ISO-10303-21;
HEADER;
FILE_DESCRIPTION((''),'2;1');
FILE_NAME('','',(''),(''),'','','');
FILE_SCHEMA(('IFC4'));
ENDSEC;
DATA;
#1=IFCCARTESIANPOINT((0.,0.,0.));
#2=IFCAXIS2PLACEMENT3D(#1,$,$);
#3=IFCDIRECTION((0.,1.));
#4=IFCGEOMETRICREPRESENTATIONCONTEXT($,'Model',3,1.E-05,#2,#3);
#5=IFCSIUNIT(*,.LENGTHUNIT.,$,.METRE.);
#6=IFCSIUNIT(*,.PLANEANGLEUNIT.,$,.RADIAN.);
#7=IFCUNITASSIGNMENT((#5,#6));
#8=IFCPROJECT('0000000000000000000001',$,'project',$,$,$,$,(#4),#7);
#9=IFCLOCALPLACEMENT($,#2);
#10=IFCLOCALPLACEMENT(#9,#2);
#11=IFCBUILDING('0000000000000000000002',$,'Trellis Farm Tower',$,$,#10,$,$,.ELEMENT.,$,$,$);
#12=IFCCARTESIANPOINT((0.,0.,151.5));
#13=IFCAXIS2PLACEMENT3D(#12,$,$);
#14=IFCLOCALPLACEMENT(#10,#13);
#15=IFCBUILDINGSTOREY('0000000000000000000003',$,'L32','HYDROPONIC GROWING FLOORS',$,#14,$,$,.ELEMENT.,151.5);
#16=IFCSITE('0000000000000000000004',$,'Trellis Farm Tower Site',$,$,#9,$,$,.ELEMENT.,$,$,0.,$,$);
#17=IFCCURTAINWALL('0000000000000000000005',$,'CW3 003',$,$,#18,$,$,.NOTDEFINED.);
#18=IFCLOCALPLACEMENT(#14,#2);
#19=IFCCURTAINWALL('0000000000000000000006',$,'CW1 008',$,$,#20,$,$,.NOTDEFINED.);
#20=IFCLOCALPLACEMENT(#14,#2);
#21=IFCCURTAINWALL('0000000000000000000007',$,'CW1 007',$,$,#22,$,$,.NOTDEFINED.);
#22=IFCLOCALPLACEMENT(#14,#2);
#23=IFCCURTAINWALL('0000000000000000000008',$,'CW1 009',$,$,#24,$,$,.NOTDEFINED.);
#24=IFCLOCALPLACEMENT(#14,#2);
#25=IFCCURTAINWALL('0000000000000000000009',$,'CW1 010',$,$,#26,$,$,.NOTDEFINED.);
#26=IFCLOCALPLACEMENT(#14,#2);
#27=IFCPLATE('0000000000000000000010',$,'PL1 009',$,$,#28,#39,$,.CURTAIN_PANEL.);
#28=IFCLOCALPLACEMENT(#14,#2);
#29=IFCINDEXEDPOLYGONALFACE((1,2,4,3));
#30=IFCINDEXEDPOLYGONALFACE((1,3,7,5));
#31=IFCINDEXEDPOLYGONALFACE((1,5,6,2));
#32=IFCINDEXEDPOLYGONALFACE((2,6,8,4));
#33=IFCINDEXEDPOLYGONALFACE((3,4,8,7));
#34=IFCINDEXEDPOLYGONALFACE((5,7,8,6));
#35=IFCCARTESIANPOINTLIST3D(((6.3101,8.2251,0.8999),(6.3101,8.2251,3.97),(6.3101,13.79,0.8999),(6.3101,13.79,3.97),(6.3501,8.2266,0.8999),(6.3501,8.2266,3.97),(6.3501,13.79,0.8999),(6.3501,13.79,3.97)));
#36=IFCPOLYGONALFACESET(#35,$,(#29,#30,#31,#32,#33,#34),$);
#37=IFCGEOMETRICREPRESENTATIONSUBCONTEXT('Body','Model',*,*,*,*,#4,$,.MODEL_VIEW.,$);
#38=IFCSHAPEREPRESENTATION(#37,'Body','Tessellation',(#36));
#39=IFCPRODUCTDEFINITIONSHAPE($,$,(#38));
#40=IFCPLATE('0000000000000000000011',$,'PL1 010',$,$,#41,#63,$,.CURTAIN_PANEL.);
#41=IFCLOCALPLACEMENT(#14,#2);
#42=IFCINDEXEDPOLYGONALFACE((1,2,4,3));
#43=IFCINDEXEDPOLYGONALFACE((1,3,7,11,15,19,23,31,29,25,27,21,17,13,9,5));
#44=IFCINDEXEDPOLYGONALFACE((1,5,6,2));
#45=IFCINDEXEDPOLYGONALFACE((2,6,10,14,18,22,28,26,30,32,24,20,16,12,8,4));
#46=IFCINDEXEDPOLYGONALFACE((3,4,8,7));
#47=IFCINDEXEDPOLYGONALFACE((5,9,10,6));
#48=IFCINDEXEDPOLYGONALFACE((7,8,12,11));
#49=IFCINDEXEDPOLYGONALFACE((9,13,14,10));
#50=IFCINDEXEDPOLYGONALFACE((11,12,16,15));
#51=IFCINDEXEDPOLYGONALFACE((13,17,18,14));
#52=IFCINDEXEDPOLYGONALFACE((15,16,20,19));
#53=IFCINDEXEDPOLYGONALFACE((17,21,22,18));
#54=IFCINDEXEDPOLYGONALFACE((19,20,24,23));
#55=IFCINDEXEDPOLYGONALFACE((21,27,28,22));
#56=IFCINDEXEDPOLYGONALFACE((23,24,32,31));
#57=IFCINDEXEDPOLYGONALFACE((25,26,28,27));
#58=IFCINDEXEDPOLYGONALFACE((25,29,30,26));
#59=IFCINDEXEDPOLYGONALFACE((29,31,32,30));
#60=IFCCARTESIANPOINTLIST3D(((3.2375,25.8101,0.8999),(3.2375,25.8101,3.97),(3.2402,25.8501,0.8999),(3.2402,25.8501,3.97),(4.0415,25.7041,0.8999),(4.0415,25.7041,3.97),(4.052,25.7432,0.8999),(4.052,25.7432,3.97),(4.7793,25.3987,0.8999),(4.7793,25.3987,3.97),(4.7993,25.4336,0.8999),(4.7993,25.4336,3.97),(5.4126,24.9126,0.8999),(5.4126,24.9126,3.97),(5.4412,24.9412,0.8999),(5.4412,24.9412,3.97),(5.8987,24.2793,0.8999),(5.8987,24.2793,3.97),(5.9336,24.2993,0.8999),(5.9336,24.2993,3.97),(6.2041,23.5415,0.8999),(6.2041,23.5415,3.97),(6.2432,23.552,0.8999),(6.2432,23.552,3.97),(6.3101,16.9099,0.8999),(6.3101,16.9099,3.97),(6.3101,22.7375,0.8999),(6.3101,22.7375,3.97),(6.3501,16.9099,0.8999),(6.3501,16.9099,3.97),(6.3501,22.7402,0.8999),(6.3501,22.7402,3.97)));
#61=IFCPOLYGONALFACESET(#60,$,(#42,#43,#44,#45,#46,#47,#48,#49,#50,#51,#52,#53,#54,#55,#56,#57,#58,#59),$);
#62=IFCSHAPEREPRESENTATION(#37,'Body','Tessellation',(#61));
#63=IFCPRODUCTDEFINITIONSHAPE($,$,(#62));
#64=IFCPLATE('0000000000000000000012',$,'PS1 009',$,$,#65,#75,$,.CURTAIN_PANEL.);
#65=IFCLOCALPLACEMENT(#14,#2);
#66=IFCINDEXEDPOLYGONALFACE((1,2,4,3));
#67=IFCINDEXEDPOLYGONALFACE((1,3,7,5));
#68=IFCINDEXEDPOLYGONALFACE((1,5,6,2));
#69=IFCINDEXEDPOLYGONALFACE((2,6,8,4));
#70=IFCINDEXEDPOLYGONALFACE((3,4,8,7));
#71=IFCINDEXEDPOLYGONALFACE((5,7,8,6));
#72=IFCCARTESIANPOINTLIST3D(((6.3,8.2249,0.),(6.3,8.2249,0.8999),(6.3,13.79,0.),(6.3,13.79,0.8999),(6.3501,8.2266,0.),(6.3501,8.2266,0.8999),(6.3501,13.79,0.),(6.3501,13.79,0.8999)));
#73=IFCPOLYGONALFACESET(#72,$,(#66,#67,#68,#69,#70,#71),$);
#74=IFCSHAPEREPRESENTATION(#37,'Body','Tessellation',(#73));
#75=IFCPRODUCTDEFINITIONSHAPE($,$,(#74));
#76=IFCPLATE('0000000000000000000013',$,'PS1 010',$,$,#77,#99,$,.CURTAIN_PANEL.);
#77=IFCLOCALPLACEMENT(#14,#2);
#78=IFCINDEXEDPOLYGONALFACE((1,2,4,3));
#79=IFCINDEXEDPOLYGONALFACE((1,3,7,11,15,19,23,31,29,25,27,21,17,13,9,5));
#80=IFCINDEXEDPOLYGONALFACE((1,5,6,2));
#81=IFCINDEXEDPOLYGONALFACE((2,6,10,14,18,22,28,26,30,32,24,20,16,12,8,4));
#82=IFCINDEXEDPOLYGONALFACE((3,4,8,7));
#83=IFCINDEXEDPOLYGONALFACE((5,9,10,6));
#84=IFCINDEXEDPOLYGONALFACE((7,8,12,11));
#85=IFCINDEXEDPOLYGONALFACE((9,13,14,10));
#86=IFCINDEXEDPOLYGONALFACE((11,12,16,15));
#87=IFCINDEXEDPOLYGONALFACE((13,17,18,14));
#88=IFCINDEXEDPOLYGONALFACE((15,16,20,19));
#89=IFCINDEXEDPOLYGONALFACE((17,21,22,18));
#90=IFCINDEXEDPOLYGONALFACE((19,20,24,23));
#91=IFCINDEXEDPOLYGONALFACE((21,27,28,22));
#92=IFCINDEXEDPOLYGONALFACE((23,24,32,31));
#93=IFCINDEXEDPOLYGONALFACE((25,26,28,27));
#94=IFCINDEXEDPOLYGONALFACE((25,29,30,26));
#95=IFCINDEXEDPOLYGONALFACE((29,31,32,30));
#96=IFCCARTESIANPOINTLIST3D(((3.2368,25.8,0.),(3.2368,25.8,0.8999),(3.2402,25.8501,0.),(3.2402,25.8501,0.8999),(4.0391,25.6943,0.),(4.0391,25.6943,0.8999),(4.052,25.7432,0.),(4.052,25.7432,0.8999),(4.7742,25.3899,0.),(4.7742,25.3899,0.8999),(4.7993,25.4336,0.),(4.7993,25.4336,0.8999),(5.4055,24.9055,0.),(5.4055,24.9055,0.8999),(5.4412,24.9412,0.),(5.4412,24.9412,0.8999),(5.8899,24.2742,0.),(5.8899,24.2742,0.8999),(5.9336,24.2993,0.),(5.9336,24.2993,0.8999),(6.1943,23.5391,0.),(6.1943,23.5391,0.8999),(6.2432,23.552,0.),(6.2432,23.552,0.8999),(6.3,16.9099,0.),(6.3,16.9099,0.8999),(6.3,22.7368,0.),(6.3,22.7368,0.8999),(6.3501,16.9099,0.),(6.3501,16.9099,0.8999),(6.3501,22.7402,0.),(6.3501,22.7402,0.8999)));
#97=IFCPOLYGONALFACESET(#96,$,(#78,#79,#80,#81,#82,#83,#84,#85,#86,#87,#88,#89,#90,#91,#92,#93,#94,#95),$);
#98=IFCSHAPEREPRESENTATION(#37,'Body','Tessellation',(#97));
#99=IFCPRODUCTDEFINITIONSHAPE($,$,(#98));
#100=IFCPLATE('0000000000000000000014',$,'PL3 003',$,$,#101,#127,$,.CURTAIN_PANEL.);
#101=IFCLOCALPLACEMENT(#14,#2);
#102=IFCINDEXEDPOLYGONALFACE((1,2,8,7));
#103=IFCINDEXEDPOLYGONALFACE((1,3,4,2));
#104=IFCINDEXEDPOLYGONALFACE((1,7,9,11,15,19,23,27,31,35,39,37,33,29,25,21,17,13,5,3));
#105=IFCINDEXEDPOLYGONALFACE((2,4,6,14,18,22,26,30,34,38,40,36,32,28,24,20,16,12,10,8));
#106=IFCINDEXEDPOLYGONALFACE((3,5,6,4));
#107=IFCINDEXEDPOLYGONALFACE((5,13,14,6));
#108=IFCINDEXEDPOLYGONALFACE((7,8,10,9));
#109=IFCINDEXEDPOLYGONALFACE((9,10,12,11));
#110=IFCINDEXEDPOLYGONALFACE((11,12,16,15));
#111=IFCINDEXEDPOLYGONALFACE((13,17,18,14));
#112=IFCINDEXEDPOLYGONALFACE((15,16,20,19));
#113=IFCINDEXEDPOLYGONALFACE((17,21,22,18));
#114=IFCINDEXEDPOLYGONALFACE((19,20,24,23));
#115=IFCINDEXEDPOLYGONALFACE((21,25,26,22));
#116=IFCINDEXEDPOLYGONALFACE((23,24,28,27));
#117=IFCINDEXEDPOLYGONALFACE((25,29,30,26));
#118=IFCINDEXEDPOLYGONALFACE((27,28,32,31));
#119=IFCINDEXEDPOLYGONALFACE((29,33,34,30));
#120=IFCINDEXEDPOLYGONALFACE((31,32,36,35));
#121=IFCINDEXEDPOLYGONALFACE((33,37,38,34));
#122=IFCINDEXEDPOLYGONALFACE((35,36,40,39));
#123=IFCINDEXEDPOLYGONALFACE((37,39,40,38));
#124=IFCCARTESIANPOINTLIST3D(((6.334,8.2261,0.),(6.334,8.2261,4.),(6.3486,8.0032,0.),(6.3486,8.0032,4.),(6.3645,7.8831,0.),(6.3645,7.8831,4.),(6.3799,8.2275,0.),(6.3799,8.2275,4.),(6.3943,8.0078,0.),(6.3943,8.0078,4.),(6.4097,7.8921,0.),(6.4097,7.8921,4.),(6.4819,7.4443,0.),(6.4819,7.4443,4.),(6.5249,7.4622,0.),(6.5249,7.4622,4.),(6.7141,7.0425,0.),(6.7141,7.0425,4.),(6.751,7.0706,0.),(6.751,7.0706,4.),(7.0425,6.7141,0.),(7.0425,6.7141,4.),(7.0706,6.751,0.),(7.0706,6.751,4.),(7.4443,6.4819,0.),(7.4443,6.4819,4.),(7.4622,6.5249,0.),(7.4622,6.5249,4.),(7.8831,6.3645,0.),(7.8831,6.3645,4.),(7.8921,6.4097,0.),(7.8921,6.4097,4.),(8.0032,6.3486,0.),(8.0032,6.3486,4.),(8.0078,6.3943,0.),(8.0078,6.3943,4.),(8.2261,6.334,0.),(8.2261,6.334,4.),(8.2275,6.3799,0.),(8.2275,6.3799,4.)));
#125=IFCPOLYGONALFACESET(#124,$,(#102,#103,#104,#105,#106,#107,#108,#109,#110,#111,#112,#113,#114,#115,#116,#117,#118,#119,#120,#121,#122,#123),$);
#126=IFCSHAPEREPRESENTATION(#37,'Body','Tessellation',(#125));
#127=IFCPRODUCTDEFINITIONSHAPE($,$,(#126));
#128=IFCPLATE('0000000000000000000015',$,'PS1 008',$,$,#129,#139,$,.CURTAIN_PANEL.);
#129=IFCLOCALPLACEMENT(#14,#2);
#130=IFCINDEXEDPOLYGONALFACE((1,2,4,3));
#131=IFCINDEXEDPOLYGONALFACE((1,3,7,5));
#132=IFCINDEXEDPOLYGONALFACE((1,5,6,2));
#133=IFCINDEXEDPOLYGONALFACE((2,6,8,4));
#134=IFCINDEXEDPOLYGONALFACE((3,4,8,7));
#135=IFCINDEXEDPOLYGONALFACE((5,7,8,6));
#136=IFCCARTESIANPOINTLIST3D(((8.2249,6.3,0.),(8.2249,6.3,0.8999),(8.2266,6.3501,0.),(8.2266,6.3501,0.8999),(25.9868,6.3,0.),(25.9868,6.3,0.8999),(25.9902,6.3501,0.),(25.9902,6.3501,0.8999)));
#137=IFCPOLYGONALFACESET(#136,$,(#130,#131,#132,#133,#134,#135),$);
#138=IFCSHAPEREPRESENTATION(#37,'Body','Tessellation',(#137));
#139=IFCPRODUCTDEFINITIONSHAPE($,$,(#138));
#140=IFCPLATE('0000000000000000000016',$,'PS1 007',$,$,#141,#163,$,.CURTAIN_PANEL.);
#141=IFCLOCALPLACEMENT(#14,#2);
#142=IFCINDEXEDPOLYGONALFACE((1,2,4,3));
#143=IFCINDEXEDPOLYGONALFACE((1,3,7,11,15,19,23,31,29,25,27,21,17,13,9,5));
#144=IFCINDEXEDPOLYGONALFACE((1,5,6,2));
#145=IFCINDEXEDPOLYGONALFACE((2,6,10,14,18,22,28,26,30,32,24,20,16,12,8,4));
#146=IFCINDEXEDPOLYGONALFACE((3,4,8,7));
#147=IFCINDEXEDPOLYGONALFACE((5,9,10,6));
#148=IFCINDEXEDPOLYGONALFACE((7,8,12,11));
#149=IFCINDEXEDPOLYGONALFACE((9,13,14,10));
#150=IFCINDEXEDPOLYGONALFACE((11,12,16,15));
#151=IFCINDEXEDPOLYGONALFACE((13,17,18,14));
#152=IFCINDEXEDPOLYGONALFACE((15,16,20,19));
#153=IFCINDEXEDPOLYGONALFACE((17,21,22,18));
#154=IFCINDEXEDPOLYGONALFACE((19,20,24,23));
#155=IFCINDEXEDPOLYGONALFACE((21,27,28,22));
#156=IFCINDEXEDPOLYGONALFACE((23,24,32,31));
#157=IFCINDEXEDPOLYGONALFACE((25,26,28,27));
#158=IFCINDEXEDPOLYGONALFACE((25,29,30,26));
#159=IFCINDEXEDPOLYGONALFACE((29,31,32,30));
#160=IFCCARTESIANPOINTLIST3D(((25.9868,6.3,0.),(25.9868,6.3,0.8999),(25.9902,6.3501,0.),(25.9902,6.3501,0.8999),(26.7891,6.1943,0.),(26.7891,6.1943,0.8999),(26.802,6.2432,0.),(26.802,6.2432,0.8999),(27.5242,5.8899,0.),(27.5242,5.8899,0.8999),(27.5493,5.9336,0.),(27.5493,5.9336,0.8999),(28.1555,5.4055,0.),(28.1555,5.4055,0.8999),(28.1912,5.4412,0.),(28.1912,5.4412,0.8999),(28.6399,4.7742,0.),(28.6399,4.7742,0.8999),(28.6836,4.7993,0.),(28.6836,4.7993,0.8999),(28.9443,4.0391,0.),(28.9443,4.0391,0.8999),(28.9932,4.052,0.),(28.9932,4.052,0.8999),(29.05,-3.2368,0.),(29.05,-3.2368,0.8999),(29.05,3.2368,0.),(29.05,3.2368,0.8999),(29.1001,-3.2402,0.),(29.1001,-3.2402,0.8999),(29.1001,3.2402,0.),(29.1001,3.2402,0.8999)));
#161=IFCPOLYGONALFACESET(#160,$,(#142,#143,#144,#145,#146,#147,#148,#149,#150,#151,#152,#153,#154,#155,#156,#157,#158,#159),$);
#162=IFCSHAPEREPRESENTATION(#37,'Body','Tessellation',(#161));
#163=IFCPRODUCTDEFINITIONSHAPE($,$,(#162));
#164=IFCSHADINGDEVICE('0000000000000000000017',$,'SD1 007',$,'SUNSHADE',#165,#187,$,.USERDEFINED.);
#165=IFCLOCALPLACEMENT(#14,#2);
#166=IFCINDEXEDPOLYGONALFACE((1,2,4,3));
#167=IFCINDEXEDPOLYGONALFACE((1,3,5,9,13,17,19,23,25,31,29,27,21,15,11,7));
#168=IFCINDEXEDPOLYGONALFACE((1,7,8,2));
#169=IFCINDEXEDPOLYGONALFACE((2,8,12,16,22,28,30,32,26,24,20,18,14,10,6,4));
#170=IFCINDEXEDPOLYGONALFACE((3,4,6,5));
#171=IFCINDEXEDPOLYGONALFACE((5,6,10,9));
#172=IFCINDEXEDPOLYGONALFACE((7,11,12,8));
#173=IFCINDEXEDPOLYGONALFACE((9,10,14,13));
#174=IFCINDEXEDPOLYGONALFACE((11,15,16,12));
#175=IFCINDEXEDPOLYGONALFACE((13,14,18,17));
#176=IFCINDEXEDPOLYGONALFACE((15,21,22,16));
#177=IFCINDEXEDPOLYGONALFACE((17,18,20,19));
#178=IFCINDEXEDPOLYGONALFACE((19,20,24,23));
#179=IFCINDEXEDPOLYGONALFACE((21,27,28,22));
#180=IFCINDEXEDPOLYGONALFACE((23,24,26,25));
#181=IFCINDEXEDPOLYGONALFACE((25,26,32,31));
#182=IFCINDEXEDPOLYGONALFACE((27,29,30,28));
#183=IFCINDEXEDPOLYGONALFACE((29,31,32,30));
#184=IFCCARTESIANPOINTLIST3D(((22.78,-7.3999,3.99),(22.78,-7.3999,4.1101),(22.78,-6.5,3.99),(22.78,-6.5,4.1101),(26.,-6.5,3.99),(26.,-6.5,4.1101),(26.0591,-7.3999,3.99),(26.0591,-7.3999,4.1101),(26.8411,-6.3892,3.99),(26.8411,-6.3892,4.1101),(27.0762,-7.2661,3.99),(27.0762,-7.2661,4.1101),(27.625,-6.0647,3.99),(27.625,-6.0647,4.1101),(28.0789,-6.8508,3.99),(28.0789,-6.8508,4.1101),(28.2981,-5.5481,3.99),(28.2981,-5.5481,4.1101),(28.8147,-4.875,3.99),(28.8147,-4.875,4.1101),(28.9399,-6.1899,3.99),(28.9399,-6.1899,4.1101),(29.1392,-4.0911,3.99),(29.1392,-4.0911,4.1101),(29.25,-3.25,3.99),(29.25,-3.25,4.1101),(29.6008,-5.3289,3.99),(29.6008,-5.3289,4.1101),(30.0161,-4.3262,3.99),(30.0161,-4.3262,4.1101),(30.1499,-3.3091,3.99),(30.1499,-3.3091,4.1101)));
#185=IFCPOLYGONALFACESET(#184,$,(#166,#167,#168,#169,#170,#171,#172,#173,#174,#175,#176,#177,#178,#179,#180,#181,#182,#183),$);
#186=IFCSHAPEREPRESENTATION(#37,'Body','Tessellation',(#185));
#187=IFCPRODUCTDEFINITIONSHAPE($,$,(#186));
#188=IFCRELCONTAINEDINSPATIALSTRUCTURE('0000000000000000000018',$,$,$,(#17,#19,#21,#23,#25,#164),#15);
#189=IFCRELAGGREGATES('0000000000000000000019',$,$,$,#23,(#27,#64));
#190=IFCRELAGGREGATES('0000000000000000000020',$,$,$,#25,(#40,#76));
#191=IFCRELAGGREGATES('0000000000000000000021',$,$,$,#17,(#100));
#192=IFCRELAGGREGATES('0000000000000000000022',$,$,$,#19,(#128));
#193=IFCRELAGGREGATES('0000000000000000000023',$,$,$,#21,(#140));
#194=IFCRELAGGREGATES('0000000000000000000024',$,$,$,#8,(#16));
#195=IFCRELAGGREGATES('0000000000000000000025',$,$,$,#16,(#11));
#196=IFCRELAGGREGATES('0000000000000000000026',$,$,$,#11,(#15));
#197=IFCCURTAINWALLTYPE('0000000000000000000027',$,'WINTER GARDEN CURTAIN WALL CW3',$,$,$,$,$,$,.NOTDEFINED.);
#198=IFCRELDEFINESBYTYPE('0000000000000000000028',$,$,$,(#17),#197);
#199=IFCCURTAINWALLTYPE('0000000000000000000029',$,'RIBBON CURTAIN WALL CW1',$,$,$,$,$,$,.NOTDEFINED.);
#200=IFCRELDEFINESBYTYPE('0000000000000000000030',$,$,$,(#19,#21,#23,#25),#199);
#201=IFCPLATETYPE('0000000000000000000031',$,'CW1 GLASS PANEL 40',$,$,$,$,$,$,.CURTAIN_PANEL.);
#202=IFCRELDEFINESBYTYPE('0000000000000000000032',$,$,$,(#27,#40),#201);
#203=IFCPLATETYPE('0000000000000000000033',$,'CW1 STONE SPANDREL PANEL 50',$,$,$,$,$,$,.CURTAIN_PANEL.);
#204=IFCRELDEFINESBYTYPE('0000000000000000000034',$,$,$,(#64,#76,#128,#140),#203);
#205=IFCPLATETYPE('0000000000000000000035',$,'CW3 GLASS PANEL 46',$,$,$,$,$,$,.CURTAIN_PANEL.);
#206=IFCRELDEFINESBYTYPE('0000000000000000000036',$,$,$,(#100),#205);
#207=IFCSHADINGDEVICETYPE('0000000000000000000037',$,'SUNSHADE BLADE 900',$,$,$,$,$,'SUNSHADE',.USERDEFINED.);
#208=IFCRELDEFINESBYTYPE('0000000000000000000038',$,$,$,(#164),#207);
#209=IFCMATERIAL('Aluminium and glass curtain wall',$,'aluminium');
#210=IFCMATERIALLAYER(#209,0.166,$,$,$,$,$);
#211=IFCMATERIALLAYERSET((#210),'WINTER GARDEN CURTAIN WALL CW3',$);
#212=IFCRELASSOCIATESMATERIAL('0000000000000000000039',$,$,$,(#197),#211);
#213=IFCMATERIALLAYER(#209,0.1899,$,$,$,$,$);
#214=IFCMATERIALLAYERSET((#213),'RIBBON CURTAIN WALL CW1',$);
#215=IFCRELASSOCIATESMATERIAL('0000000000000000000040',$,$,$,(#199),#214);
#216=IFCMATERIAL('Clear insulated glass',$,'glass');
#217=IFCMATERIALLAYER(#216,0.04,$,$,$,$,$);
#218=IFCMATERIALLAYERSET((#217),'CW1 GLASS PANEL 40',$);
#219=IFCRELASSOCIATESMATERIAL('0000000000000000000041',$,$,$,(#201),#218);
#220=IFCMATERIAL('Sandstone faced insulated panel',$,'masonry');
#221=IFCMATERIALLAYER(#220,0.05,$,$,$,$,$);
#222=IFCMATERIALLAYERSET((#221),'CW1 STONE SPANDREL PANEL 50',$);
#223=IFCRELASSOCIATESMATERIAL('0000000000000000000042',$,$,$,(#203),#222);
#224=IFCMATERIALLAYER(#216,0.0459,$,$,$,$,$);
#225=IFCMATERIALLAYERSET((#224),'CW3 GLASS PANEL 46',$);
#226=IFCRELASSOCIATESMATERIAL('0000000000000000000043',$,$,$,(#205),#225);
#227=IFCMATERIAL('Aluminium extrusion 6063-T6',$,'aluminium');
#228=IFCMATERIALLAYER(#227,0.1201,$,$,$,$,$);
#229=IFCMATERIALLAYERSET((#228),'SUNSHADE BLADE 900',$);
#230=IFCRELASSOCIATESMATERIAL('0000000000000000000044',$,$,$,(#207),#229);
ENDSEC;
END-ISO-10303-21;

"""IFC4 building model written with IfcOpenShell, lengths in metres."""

from ifc_helpers import new_model, si_unit, direction, frame, origin, place, context, subcontext, project, spatial, polyline, outline, extrude, source, transform, mapped, material, layer, layer_set, type_object, element, aggregate, save


model = new_model("IFC4")

# Units and contexts
model_context = context("Model", 3, precision=1e-05, world=origin(), true_north=direction((0.0, 1.0)))
body_context = subcontext(model_context, "Body", "Model", "MODEL_VIEW")
ifc_project = project(units=[si_unit("LENGTHUNIT", "METRE"), si_unit("PLANEANGLEUNIT", "RADIAN")], contexts=[model_context])

# Site, building, storey
site_placement = place(None, origin())
site = spatial("IfcSite", under=ifc_project, at=site_placement, Name="Trellis Farm Tower Site", CompositionType="ELEMENT", RefElevation=0.0)
building_placement = place(site_placement, origin())
building = spatial("IfcBuilding", under=site, at=building_placement, Name="Trellis Farm Tower", CompositionType="ELEMENT")
storey_placement = place(building_placement, frame((0.0, 0.0, 151.5)))
storey = spatial("IfcBuildingStorey", under=building, at=storey_placement, Name="L32", Description="HYDROPONIC GROWING FLOORS", CompositionType="ELEMENT", Elevation=151.5)

# Curtain walls
ifc_material_1 = material(Name="Aluminium and glass curtain wall", Category="aluminium")
ifc_layer_1 = layer(ifc_material_1, 0.166)
ifc_layer_set_1 = layer_set([ifc_layer_1], Name="WINTER GARDEN CURTAIN WALL CW3")
curtain_wall_type_1 = type_object("IfcCurtainWallType", Name="WINTER GARDEN CURTAIN WALL CW3", PredefinedType="NOTDEFINED", material=ifc_layer_set_1)
placement_1 = place(storey_placement, origin())
curtain_wall_1 = element("IfcCurtainWall", 1, at=placement_1, inside=storey, type_object=curtain_wall_type_1, Name="CW3 003", PredefinedType="NOTDEFINED")
ifc_material_2 = material(Name="Aluminium extrusion 6063-T6", Category="aluminium")
ifc_layer_2 = layer(ifc_material_1, 0.1899)
ifc_layer_set_2 = layer_set([ifc_layer_2], Name="RIBBON CURTAIN WALL CW1")
curtain_wall_type_2 = type_object("IfcCurtainWallType", Name="RIBBON CURTAIN WALL CW1", PredefinedType="NOTDEFINED", material=ifc_layer_set_2)
curtain_wall_2 = element("IfcCurtainWall", 2, at=placement_1, inside=storey, type_object=curtain_wall_type_2, Name="CW1 008", PredefinedType="NOTDEFINED")
curtain_wall_3 = element("IfcCurtainWall", 3, at=placement_1, inside=storey, type_object=curtain_wall_type_2, Name="CW1 007", PredefinedType="NOTDEFINED")
curtain_wall_4 = element("IfcCurtainWall", 4, at=placement_1, inside=storey, type_object=curtain_wall_type_2, Name="CW1 009", PredefinedType="NOTDEFINED")
curtain_wall_5 = element("IfcCurtainWall", 5, at=placement_1, inside=storey, type_object=curtain_wall_type_2, Name="CW1 010", PredefinedType="NOTDEFINED")

# Plates
ifc_material_3 = material(Name="Clear insulated glass", Category="glass")
ifc_layer_3 = layer(ifc_material_3, 0.04)
ifc_layer_set_3 = layer_set([ifc_layer_3], Name="CW1 GLASS PANEL 40")
plate_type_1 = type_object("IfcPlateType", Name="CW1 GLASS PANEL 40", PredefinedType="CURTAIN_PANEL", material=ifc_layer_set_3)
placement_2 = place(storey_placement, frame((0.0, 0.0, 0.8999)))
plate_1 = element("IfcPlate", 6, at=placement_2, type_object=plate_type_1, Name="PL1 009", PredefinedType="CURTAIN_PANEL", context=body_context, shape_type="SweptSolid", body=[
    extrude(outline(polyline([(6.3501, 8.2266), (6.3501, 13.79), (6.3101, 13.79), (6.3101, 8.2251), (6.3501, 8.2266)])), origin(), (0.0, 0.0, 1.0), 3.0701),
])
plate_2 = element("IfcPlate", 7, at=placement_2, type_object=plate_type_1, Name="PL1 010", PredefinedType="CURTAIN_PANEL", context=body_context, shape_type="SweptSolid", body=[
    extrude(outline(polyline([(6.3501, 16.9099), (6.3501, 22.7402), (6.2432, 23.552), (5.9336, 24.2993), (5.4412, 24.9412), (4.7993, 25.4336), (4.052, 25.7432), (3.2402, 25.8501), (3.2375, 25.8101), (4.0415, 25.7041), (4.7793, 25.3987), (5.4126, 24.9126), (5.8987, 24.2793), (6.2041, 23.5415), (6.3101, 22.7375), (6.3101, 16.9099), (6.3501, 16.9099)])), origin(), (0.0, 0.0, 1.0), 3.0701),
])
ifc_material_4 = material(Name="Sandstone faced insulated panel", Category="masonry")
ifc_layer_4 = layer(ifc_material_4, 0.05)
ifc_layer_set_4 = layer_set([ifc_layer_4], Name="CW1 STONE SPANDREL PANEL 50")
plate_type_2 = type_object("IfcPlateType", Name="CW1 STONE SPANDREL PANEL 50", PredefinedType="CURTAIN_PANEL", material=ifc_layer_set_4)
plate_3 = element("IfcPlate", 8, at=placement_1, type_object=plate_type_2, Name="PS1 009", PredefinedType="CURTAIN_PANEL", context=body_context, shape_type="SweptSolid", body=[
    extrude(outline(polyline([(6.3501, 8.2266), (6.3501, 13.79), (6.3, 13.79), (6.3, 8.2249), (6.3501, 8.2266)])), origin(), (0.0, 0.0, 1.0), 0.8999),
])
aggregate(curtain_wall_4, [plate_1, plate_3])
plate_4 = element("IfcPlate", 9, at=placement_1, type_object=plate_type_2, Name="PS1 010", PredefinedType="CURTAIN_PANEL", context=body_context, shape_type="SweptSolid", body=[
    extrude(outline(polyline([(6.3501, 16.9099), (6.3501, 22.7402), (6.2432, 23.552), (5.9336, 24.2993), (5.4412, 24.9412), (4.7993, 25.4336), (4.052, 25.7432), (3.2402, 25.8501), (3.2368, 25.8), (4.0391, 25.6943), (4.7742, 25.3899), (5.4055, 24.9055), (5.8899, 24.2742), (6.1943, 23.5391), (6.3, 22.7368), (6.3, 16.9099), (6.3501, 16.9099)])), origin(), (0.0, 0.0, 1.0), 0.8999),
])
aggregate(curtain_wall_5, [plate_2, plate_4])
ifc_layer_5 = layer(ifc_material_3, 0.0459)
ifc_layer_set_5 = layer_set([ifc_layer_5], Name="CW3 GLASS PANEL 46")
plate_type_3 = type_object("IfcPlateType", Name="CW3 GLASS PANEL 46", PredefinedType="CURTAIN_PANEL", material=ifc_layer_set_5)
plate_5 = element("IfcPlate", 10, at=placement_1, type_object=plate_type_3, Name="PL3 003", PredefinedType="CURTAIN_PANEL", context=body_context, shape_type="SweptSolid", body=[
    extrude(outline(polyline([(8.2275, 6.3799), (8.0078, 6.3943), (7.8921, 6.4097), (7.4622, 6.5249), (7.0706, 6.751), (6.751, 7.0706), (6.5249, 7.4622), (6.4097, 7.8921), (6.3943, 8.0078), (6.3799, 8.2275), (6.334, 8.2261), (6.3486, 8.0032), (6.3645, 7.8831), (6.4819, 7.4443), (6.7141, 7.0425), (7.0425, 6.7141), (7.4443, 6.4819), (7.8831, 6.3645), (8.0032, 6.3486), (8.2261, 6.334), (8.2275, 6.3799)])), origin(), (0.0, 0.0, 1.0), 4.0),
])
aggregate(curtain_wall_1, [plate_5])
shared_shape_1 = source(origin(), body_context, "Body", "SweptSolid", [
    extrude(outline(polyline([(25.9902, 6.3501), (8.2266, 6.3501), (8.2249, 6.3), (25.9868, 6.3), (25.9902, 6.3501)])), origin(), (0.0, 0.0, 1.0), 0.8999),
])
plate_6 = element("IfcPlate", 11, at=placement_1, type_object=plate_type_2, Name="PS1 008", PredefinedType="CURTAIN_PANEL", context=body_context, shape_type="MappedRepresentation", body=[
    mapped(shared_shape_1, transform((0.0, 0.0, 0.0))),
])
aggregate(curtain_wall_2, [plate_6])
shared_shape_2 = source(origin(), body_context, "Body", "SweptSolid", [
    extrude(outline(polyline([(29.1001, -3.2402), (29.1001, 3.2402), (28.9932, 4.052), (28.6836, 4.7993), (28.1912, 5.4412), (27.5493, 5.9336), (26.802, 6.2432), (25.9902, 6.3501), (25.9868, 6.3), (26.7891, 6.1943), (27.5242, 5.8899), (28.1555, 5.4055), (28.6399, 4.7742), (28.9443, 4.0391), (29.05, 3.2368), (29.05, -3.2368), (29.1001, -3.2402)])), origin(), (0.0, 0.0, 1.0), 0.8999),
])
plate_7 = element("IfcPlate", 12, at=placement_1, type_object=plate_type_2, Name="PS1 007", PredefinedType="CURTAIN_PANEL", context=body_context, shape_type="MappedRepresentation", body=[
    mapped(shared_shape_2, transform((0.0, 0.0, 0.0))),
])
aggregate(curtain_wall_3, [plate_7])

# Shading device
ifc_layer_6 = layer(ifc_material_2, 0.1201)
ifc_layer_set_6 = layer_set([ifc_layer_6], Name="SUNSHADE BLADE 900")
shading_device_type_1 = type_object("IfcShadingDeviceType", Name="SUNSHADE BLADE 900", ElementType="SUNSHADE", PredefinedType="USERDEFINED", material=ifc_layer_set_6)
shared_shape_3 = source(origin(), body_context, "Body", "SweptSolid", [
    extrude(outline(polyline([(22.78, -7.3999), (26.0591, -7.3999), (27.0762, -7.2661), (28.0789, -6.8508), (28.9399, -6.1899), (29.6008, -5.3289), (30.0161, -4.3262), (30.1499, -3.3091), (29.25, -3.25), (29.1392, -4.0911), (28.8147, -4.875), (28.2981, -5.5481), (27.625, -6.0647), (26.8411, -6.3892), (26.0, -6.5), (22.78, -6.5), (22.78, -7.3999)])), origin(), (0.0, 0.0, 1.0), 0.1201),
])
placement_3 = place(storey_placement, frame((0.0, 0.0, 3.99)))
element("IfcShadingDevice", 13, at=placement_3, inside=storey, type_object=shading_device_type_1, Name="SD1 007", ObjectType="SUNSHADE", PredefinedType="USERDEFINED", context=body_context, shape_type="MappedRepresentation", body=[
    mapped(shared_shape_3, transform((0.0, 0.0, 0.0))),
])

save(model, "model.ifc")
